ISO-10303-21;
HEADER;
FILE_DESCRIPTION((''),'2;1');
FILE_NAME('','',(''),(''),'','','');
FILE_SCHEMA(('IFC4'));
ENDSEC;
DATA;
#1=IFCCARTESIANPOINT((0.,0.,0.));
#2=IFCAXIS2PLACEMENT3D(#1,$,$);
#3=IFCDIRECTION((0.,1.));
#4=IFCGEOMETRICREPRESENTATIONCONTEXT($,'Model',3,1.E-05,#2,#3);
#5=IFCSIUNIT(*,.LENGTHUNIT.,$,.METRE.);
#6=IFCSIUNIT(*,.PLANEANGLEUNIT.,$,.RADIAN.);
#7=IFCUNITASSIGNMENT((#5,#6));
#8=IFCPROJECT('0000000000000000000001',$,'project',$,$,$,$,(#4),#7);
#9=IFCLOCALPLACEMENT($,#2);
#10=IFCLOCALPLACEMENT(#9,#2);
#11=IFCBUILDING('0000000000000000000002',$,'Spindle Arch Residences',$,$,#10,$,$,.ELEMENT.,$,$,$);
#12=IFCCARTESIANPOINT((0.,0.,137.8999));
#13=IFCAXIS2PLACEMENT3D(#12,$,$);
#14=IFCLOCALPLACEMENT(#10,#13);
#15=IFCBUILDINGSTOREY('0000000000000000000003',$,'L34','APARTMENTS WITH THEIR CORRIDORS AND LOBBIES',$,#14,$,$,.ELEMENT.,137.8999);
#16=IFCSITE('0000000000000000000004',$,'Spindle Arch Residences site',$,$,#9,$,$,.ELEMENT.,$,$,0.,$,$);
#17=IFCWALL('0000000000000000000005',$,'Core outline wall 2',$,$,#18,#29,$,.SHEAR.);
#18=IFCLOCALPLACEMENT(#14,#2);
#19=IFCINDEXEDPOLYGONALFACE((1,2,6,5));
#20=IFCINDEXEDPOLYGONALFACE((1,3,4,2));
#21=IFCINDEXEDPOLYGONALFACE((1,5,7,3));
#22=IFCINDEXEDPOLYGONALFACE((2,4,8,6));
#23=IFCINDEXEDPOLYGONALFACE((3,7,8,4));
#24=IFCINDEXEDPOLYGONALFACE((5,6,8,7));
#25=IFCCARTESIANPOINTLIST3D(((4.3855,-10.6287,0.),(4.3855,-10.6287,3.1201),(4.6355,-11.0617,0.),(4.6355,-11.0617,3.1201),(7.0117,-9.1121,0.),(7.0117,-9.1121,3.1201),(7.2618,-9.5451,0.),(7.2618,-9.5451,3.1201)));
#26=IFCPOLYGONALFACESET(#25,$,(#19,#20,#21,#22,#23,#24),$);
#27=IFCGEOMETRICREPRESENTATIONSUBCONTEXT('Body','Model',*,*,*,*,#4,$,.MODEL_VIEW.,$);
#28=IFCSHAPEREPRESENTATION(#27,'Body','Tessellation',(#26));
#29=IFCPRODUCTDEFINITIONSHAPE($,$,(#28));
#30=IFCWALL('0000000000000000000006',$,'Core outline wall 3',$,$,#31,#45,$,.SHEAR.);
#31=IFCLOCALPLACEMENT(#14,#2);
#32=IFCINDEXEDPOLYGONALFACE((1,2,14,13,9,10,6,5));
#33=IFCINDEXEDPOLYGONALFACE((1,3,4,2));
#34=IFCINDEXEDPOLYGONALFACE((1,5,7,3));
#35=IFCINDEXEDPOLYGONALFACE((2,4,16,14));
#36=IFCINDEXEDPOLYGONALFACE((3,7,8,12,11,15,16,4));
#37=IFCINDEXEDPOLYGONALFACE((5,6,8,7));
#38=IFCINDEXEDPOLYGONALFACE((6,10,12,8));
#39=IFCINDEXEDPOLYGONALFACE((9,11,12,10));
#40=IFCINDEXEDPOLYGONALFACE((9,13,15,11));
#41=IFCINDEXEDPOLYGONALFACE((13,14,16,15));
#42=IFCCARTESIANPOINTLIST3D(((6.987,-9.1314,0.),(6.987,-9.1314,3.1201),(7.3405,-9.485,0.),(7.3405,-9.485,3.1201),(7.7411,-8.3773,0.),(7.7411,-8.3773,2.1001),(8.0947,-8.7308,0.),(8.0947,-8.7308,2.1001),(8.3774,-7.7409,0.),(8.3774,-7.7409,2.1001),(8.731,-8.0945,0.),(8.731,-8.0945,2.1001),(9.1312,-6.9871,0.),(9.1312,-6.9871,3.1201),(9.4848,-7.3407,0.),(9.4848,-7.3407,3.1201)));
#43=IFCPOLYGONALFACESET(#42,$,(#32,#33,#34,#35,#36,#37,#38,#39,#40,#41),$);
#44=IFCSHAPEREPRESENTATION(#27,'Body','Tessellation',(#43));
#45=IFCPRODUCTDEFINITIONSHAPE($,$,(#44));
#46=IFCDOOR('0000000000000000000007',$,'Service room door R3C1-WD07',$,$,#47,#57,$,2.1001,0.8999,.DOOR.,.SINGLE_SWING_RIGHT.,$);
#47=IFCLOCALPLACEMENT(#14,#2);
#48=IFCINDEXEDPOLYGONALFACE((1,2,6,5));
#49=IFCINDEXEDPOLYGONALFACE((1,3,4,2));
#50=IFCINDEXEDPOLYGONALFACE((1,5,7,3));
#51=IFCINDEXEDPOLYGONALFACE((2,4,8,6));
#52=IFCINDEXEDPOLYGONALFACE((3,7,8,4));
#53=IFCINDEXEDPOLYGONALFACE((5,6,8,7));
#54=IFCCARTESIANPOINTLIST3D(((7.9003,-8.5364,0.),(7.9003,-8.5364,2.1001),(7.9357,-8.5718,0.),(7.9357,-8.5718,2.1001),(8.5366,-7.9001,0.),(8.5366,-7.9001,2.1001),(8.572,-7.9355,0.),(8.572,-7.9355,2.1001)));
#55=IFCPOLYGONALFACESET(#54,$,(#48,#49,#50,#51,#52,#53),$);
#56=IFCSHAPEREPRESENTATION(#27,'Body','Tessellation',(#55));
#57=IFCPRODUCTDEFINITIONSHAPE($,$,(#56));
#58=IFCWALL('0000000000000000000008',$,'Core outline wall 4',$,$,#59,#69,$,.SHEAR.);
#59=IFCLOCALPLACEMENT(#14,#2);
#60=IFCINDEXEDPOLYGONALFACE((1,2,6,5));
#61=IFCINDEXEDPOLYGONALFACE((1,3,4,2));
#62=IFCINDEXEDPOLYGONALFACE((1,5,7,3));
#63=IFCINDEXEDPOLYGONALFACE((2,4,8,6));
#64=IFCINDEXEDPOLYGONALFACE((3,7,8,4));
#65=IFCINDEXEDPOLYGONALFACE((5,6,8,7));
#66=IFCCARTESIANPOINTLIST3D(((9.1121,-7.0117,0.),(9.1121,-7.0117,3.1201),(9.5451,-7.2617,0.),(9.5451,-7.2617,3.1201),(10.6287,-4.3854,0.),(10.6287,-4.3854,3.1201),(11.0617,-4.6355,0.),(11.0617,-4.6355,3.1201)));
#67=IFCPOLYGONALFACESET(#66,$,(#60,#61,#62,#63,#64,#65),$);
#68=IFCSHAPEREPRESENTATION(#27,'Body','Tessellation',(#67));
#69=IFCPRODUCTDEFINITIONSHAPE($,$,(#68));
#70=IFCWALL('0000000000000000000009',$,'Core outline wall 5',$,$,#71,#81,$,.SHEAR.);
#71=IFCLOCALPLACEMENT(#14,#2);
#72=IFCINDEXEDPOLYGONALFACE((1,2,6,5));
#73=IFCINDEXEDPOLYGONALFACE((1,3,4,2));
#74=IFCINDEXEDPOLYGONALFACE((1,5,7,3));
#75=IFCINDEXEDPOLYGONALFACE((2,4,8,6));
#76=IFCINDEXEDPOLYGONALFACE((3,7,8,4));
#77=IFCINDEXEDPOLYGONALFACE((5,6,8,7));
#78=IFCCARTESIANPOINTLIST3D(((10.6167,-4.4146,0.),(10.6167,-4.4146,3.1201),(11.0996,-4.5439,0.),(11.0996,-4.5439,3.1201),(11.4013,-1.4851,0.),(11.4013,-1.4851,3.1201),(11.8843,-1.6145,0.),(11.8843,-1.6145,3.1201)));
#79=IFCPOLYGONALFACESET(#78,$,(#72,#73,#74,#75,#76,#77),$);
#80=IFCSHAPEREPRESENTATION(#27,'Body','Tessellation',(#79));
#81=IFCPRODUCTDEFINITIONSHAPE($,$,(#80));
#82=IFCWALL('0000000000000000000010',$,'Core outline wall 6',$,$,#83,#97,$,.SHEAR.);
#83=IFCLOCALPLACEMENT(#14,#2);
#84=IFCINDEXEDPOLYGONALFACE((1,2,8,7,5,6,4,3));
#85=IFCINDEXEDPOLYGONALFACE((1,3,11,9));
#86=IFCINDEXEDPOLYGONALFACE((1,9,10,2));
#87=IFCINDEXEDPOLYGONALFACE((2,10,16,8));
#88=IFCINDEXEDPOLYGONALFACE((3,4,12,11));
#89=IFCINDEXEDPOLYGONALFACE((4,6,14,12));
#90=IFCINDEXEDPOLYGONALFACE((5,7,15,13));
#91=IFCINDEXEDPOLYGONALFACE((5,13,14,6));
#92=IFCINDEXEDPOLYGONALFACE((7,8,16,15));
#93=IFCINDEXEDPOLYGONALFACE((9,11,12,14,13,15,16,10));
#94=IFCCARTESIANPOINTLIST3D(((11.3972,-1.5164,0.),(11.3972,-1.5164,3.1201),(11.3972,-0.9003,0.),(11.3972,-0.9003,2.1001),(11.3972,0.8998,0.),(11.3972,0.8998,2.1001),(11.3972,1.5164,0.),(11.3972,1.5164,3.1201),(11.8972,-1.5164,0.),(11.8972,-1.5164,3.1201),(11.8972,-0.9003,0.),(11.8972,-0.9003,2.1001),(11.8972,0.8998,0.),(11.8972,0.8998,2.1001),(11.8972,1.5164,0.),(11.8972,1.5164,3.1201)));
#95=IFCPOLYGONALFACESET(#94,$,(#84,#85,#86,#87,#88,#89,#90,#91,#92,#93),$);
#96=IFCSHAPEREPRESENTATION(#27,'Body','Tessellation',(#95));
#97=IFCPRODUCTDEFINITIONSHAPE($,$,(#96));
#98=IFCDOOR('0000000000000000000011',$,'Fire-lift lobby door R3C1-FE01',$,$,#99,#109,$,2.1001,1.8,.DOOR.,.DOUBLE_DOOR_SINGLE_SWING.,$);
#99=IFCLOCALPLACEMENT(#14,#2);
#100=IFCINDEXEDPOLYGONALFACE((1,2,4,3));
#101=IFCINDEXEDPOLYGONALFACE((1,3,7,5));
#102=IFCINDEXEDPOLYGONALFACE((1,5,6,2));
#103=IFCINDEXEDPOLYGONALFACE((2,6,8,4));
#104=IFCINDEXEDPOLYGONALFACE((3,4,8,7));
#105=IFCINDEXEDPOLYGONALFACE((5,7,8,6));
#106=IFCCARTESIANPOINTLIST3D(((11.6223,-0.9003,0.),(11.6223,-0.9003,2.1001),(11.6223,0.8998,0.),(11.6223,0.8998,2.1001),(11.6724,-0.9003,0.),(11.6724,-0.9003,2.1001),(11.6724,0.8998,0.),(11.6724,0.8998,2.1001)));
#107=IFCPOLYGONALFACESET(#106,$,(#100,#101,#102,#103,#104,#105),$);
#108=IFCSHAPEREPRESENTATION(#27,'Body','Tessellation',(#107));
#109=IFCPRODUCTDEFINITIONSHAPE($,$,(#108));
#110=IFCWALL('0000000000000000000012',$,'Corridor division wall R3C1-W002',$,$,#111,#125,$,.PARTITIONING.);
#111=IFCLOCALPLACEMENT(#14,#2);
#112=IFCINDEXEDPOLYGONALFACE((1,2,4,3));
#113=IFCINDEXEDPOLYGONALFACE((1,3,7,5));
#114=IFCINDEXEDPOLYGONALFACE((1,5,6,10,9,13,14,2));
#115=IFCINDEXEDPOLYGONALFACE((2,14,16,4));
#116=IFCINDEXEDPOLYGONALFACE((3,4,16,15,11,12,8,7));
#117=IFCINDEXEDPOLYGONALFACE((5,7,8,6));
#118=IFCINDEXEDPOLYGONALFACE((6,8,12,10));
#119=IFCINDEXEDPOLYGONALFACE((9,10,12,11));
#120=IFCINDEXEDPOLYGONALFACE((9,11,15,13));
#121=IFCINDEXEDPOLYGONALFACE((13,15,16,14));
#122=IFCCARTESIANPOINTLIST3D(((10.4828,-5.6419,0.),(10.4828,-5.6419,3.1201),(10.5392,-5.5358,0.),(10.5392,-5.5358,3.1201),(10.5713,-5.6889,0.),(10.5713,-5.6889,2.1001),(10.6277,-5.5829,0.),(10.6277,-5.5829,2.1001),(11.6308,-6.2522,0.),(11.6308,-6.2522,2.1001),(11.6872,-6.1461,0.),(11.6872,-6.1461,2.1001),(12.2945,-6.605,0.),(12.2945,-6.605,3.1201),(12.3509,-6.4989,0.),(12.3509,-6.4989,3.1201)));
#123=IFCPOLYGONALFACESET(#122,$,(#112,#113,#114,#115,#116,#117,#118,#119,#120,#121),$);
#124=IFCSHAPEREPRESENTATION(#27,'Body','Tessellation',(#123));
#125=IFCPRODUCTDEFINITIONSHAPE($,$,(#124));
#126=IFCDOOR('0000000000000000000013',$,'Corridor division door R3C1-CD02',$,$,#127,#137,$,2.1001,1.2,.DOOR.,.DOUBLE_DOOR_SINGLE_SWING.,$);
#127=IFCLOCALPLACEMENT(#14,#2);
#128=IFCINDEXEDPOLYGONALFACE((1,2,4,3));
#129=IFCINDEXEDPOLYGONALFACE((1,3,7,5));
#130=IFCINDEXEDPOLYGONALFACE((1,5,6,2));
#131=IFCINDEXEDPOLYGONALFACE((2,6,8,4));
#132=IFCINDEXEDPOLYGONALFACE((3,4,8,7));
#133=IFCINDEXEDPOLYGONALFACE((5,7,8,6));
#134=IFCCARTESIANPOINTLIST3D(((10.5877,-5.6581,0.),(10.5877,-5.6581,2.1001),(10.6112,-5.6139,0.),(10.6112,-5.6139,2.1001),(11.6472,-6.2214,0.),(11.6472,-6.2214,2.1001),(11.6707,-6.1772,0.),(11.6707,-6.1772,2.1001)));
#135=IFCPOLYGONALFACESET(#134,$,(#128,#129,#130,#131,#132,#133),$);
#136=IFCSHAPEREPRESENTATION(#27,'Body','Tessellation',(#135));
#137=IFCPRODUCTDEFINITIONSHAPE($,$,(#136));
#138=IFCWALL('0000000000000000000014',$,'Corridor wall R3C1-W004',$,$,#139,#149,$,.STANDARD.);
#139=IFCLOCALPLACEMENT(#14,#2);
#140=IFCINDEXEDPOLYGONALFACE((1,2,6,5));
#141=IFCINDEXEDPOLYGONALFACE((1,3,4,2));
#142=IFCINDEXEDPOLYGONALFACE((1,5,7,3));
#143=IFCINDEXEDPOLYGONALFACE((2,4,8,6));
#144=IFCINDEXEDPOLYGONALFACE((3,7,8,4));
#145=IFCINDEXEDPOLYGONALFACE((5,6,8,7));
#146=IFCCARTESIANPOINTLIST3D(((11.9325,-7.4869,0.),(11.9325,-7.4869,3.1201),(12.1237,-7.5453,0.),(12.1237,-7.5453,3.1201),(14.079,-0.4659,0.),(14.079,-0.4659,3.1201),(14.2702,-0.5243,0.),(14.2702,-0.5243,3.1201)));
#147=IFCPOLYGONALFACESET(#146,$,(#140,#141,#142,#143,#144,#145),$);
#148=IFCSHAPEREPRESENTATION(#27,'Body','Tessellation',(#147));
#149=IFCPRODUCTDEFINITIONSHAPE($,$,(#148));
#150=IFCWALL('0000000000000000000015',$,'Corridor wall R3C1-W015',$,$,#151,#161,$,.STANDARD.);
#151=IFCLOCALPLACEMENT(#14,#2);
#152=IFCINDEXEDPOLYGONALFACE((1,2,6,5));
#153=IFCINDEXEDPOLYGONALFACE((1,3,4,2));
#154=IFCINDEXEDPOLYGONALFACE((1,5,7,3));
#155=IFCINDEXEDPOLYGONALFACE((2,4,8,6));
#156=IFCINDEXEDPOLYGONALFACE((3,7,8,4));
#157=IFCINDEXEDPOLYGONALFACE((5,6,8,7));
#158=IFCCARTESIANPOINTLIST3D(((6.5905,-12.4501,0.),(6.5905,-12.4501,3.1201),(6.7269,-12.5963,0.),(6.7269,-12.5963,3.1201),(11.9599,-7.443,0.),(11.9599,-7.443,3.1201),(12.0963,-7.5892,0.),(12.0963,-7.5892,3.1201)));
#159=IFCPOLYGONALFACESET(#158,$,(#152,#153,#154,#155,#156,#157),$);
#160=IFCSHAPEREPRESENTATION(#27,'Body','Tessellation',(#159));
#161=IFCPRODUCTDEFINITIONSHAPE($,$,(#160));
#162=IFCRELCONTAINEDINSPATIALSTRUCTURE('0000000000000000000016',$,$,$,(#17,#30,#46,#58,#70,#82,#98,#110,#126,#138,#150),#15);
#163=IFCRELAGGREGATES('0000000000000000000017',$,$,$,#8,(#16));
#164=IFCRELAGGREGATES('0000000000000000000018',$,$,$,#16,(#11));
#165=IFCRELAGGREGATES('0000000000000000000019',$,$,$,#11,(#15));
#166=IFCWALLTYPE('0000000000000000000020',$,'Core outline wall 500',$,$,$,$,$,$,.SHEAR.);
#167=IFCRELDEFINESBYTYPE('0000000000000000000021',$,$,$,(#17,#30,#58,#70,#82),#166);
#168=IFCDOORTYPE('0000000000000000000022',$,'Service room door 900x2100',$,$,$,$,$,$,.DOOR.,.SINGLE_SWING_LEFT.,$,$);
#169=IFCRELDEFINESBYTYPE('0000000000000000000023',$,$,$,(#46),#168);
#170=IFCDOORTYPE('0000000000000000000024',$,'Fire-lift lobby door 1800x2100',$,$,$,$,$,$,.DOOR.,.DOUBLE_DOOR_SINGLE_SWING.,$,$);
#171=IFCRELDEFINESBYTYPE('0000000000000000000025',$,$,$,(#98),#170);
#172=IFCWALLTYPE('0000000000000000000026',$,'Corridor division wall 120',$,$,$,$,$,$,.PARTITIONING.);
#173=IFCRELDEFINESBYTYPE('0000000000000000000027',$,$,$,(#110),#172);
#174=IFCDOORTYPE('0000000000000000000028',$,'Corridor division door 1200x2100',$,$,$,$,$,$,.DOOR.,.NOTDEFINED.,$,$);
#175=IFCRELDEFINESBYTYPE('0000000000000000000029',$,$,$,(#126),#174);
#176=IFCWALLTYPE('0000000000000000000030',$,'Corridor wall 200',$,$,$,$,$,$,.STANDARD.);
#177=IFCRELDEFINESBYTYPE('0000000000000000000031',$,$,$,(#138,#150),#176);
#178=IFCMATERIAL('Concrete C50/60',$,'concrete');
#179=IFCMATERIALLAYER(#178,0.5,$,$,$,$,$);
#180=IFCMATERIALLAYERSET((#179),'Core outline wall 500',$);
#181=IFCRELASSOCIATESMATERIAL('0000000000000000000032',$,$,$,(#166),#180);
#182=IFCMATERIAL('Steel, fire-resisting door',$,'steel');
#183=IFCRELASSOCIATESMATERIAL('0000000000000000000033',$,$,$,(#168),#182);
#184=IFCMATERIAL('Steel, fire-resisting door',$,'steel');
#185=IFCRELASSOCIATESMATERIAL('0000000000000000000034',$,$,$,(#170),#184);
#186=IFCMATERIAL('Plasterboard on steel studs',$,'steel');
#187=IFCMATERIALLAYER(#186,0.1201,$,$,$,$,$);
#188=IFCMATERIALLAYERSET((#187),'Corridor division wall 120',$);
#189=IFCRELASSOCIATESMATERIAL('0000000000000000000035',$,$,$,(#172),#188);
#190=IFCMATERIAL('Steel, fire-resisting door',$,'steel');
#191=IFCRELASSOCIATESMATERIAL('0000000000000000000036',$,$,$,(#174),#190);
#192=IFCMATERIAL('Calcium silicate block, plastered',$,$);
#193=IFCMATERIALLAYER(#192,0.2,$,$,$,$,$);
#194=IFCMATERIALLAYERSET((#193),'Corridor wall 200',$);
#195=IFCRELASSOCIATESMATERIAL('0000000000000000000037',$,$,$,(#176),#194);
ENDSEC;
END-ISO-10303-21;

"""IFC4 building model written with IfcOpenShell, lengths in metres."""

from ifc_helpers import new_model, si_unit, direction, frame, frame_2d, origin, place, context, subcontext, project, spatial, rectangle, extrude, material, layer, layer_set, type_object, element, fill, save


model = new_model("IFC4")

# Units and contexts
model_context = context("Model", 3, precision=1e-05, world=origin(), true_north=direction((0.0, 1.0)))
body_context = subcontext(model_context, "Body", "Model", "MODEL_VIEW")
ifc_project = project(units=[si_unit("LENGTHUNIT", "METRE"), si_unit("PLANEANGLEUNIT", "RADIAN")], contexts=[model_context])

# Site, building, storey
site_placement = place(None, origin())
site = spatial("IfcSite", under=ifc_project, at=site_placement, Name="Spindle Arch Residences site", CompositionType="ELEMENT", RefElevation=0.0)
building_placement = place(site_placement, origin())
building = spatial("IfcBuilding", under=site, at=building_placement, Name="Spindle Arch Residences", CompositionType="ELEMENT")
storey_placement = place(building_placement, frame((0.0, 0.0, 137.8999)))
storey = spatial("IfcBuildingStorey", under=building, at=storey_placement, Name="L34", Description="APARTMENTS WITH THEIR CORRIDORS AND LOBBIES", CompositionType="ELEMENT", Elevation=137.8999)

# Wall
ifc_material_1 = material(Name="Concrete C50/60", Category="concrete")
ifc_layer_1 = layer(ifc_material_1, 0.5)
ifc_layer_set_1 = layer_set([ifc_layer_1], Name="Core outline wall 500")
wall_type_1 = type_object("IfcWallType", Name="Core outline wall 500", PredefinedType="SHEAR", material=ifc_layer_set_1)
wall_1_placement = place(storey_placement, frame((4.5105, -10.8452, 0.0), z_axis=(0.0, 0.0, 1.0), x_axis=(0.865975, 0.500087, 0.0)))
element("IfcWall", 1, at=wall_1_placement, inside=storey, type_object=wall_type_1, Name="Core outline wall 2", PredefinedType="SHEAR", context=body_context, shape_type="SweptSolid", body=[
    extrude(rectangle(XDim=3.0327, YDim=0.5, at=frame_2d((1.5164, 0.0))), origin(), (0.0, 0.0, 1.0), 3.1201),
])

# Wall, opening, door
wall_2_placement = place(storey_placement, frame((7.1638, -9.3081, 0.0), z_axis=(0.0, 0.0, 1.0), x_axis=(0.707107, 0.707107, 0.0)))
wall_2 = element("IfcWall", 2, at=wall_2_placement, inside=storey, type_object=wall_type_1, Name="Core outline wall 3", PredefinedType="SHEAR", context=body_context, shape_type="SweptSolid", body=[
    extrude(rectangle(XDim=3.0325, YDim=0.5, at=frame_2d((1.5161, 0.0))), origin(), (0.0, 0.0, 1.0), 3.1201),
])
opening_1_placement = place(wall_2_placement, frame((1.0664, 0.0, 0.0)))
opening_1 = element("IfcOpeningElement", 3, at=opening_1_placement, cuts=wall_2, PredefinedType="OPENING", context=body_context, shape_type="SweptSolid", body=[
    extrude(rectangle(XDim=0.8999, YDim=2.1001, at=frame_2d((0.45, 1.05))), frame((0.0, 0.26, 0.0), z_axis=(0.0, -1.0, 0.0), x_axis=(1.0, 0.0, 0.0)), (0.0, 0.0, 1.0), 0.52),
])
ifc_material_2 = material(Name="Steel, fire-resisting door", Category="steel")
door_type_1 = type_object("IfcDoorType", Name="Service room door 900x2100", OperationType="SINGLE_SWING_LEFT", PredefinedType="DOOR", material=ifc_material_2)
door_1_placement = place(opening_1_placement, origin())
door_1 = element("IfcDoor", 4, at=door_1_placement, inside=storey, type_object=door_type_1, Name="Service room door R3C1-WD07", OperationType="SINGLE_SWING_RIGHT", OverallHeight=2.1001, OverallWidth=0.8999, PredefinedType="DOOR", context=body_context, shape_type="SweptSolid", body=[
    extrude(rectangle(XDim=0.8999, YDim=2.1001, at=frame_2d((0.45, 1.05))), frame((0.0, 0.0249, 0.0), z_axis=(0.0, -1.0, 0.0), x_axis=(1.0, 0.0, 0.0)), (0.0, 0.0, 1.0), 0.05),
])
fill(opening_1, door_1)

# Walls
for number, where, z_axis, x_axis, name in (
    (5, (9.3286, -7.1367, 0.0), (0.0, 0.0, 1.0), (0.500087, 0.865975, 0.0), "Core outline wall 4"),
    (6, (10.8582, -4.4792, 0.0), (0.0, 0.0, 1.0), (0.258735, 0.965948, 0.0), "Core outline wall 5"),
):
    element("IfcWall", number, at=place(storey_placement, frame(where, z_axis=z_axis, x_axis=x_axis)), inside=storey, type_object=wall_type_1, Name=name, PredefinedType="SHEAR", context=body_context, shape_type="SweptSolid", body=[
        extrude(rectangle(XDim=3.0327, YDim=0.5, at=frame_2d((1.5164, 0.0))), origin(), (0.0, 0.0, 1.0), 3.1201),
    ])

# Walls, openings, doors
wall_3_placement = place(storey_placement, frame((11.6472, -1.5164, 0.0), z_axis=(0.0, 0.0, 1.0), x_axis=(0.0, 1.0, 0.0)))
wall_3 = element("IfcWall", 7, at=wall_3_placement, inside=storey, type_object=wall_type_1, Name="Core outline wall 6", PredefinedType="SHEAR", context=body_context, shape_type="SweptSolid", body=[
    extrude(rectangle(XDim=3.0327, YDim=0.5, at=frame_2d((1.5164, 0.0))), origin(), (0.0, 0.0, 1.0), 3.1201),
])
opening_2_placement = place(wall_3_placement, frame((0.6162, 0.0, 0.0)))
opening_2 = element("IfcOpeningElement", 8, at=opening_2_placement, cuts=wall_3, PredefinedType="OPENING", context=body_context, shape_type="SweptSolid", body=[
    extrude(rectangle(XDim=1.8, YDim=2.1001, at=frame_2d((0.8999, 1.05))), frame((0.0, 0.26, 0.0), z_axis=(0.0, -1.0, 0.0), x_axis=(1.0, 0.0, 0.0)), (0.0, 0.0, 1.0), 0.52),
])
ifc_material_3 = material(Name="Steel, fire-resisting door", Category="steel")
door_type_2 = type_object("IfcDoorType", Name="Fire-lift lobby door 1800x2100", OperationType="DOUBLE_DOOR_SINGLE_SWING", PredefinedType="DOOR", material=ifc_material_3)
door_2_placement = place(opening_2_placement, origin())
door_2 = element("IfcDoor", 9, at=door_2_placement, inside=storey, type_object=door_type_2, Name="Fire-lift lobby door R3C1-FE01", OperationType="DOUBLE_DOOR_SINGLE_SWING", OverallHeight=2.1001, OverallWidth=1.8, PredefinedType="DOOR", context=body_context, shape_type="SweptSolid", body=[
    extrude(rectangle(XDim=1.8, YDim=2.1001, at=frame_2d((0.8999, 1.05))), frame((0.0, 0.0249, 0.0), z_axis=(0.0, -1.0, 0.0), x_axis=(1.0, 0.0, 0.0)), (0.0, 0.0, 1.0), 0.05),
])
fill(opening_2, door_2)
ifc_material_4 = material(Name="Plasterboard on steel studs", Category="steel")
ifc_layer_2 = layer(ifc_material_4, 0.1201)
ifc_layer_set_2 = layer_set([ifc_layer_2], Name="Corridor division wall 120")
wall_type_2 = type_object("IfcWallType", Name="Corridor division wall 120", PredefinedType="PARTITIONING", material=ifc_layer_set_2)
wall_4_placement = place(storey_placement, frame((10.511, -5.5889, 0.0), z_axis=(0.0, 0.0, 1.0), x_axis=(0.882988, -0.469396, 0.0)))
wall_4 = element("IfcWall", 10, at=wall_4_placement, inside=storey, type_object=wall_type_2, Name="Corridor division wall R3C1-W002", PredefinedType="PARTITIONING", context=body_context, shape_type="SweptSolid", body=[
    extrude(rectangle(XDim=2.0518, YDim=0.1201, at=frame_2d((1.0259, 0.0))), origin(), (0.0, 0.0, 1.0), 3.1201),
])
opening_3_placement = place(wall_4_placement, frame((0.1001, 0.0, 0.0)))
opening_3 = element("IfcOpeningElement", 11, at=opening_3_placement, cuts=wall_4, PredefinedType="OPENING", context=body_context, shape_type="SweptSolid", body=[
    extrude(rectangle(XDim=1.2, YDim=2.1001, at=frame_2d((0.6001, 1.05))), frame((0.0, 0.0701, 0.0), z_axis=(0.0, -1.0, 0.0), x_axis=(1.0, 0.0, 0.0)), (0.0, 0.0, 1.0), 0.1401),
])
ifc_material_5 = material(Name="Steel, fire-resisting door", Category="steel")
door_type_3 = type_object("IfcDoorType", Name="Corridor division door 1200x2100", OperationType="NOTDEFINED", PredefinedType="DOOR", material=ifc_material_5)
door_3_placement = place(opening_3_placement, origin())
door_3 = element("IfcDoor", 12, at=door_3_placement, inside=storey, type_object=door_type_3, Name="Corridor division door R3C1-CD02", OperationType="DOUBLE_DOOR_SINGLE_SWING", OverallHeight=2.1001, OverallWidth=1.2, PredefinedType="DOOR", context=body_context, shape_type="SweptSolid", body=[
    extrude(rectangle(XDim=1.2, YDim=2.1001, at=frame_2d((0.6001, 1.05))), frame((0.0, 0.0249, 0.0), z_axis=(0.0, -1.0, 0.0), x_axis=(1.0, 0.0, 0.0)), (0.0, 0.0, 1.0), 0.05),
])
fill(opening_3, door_3)

# Walls
ifc_material_6 = material(Name="Calcium silicate block, plastered")
ifc_layer_3 = layer(ifc_material_6, 0.2)
ifc_layer_set_3 = layer_set([ifc_layer_3], Name="Corridor wall 200")
wall_type_3 = type_object("IfcWallType", Name="Corridor wall 200", PredefinedType="STANDARD", material=ifc_layer_set_3)
for number, where, z_axis, x_axis, name in (
    (13, (12.0281, -7.5161, 0.0), (0.0, 0.0, 1.0), (0.292366, 0.956307, 0.0), "Corridor wall R3C1-W004"),
    (14, (6.6587, -12.5232, 0.0), (0.0, 0.0, 1.0), (0.73135, 0.682002, 0.0), "Corridor wall R3C1-W015"),
):
    element("IfcWall", number, at=place(storey_placement, frame(where, z_axis=z_axis, x_axis=x_axis)), inside=storey, type_object=wall_type_3, Name=name, PredefinedType="STANDARD", context=body_context, shape_type="SweptSolid", body=[
        extrude(rectangle(XDim=7.3418, YDim=0.2, at=frame_2d((3.6709, 0.0))), origin(), (0.0, 0.0, 1.0), 3.1201),
    ])

save(model, "model.ifc")
